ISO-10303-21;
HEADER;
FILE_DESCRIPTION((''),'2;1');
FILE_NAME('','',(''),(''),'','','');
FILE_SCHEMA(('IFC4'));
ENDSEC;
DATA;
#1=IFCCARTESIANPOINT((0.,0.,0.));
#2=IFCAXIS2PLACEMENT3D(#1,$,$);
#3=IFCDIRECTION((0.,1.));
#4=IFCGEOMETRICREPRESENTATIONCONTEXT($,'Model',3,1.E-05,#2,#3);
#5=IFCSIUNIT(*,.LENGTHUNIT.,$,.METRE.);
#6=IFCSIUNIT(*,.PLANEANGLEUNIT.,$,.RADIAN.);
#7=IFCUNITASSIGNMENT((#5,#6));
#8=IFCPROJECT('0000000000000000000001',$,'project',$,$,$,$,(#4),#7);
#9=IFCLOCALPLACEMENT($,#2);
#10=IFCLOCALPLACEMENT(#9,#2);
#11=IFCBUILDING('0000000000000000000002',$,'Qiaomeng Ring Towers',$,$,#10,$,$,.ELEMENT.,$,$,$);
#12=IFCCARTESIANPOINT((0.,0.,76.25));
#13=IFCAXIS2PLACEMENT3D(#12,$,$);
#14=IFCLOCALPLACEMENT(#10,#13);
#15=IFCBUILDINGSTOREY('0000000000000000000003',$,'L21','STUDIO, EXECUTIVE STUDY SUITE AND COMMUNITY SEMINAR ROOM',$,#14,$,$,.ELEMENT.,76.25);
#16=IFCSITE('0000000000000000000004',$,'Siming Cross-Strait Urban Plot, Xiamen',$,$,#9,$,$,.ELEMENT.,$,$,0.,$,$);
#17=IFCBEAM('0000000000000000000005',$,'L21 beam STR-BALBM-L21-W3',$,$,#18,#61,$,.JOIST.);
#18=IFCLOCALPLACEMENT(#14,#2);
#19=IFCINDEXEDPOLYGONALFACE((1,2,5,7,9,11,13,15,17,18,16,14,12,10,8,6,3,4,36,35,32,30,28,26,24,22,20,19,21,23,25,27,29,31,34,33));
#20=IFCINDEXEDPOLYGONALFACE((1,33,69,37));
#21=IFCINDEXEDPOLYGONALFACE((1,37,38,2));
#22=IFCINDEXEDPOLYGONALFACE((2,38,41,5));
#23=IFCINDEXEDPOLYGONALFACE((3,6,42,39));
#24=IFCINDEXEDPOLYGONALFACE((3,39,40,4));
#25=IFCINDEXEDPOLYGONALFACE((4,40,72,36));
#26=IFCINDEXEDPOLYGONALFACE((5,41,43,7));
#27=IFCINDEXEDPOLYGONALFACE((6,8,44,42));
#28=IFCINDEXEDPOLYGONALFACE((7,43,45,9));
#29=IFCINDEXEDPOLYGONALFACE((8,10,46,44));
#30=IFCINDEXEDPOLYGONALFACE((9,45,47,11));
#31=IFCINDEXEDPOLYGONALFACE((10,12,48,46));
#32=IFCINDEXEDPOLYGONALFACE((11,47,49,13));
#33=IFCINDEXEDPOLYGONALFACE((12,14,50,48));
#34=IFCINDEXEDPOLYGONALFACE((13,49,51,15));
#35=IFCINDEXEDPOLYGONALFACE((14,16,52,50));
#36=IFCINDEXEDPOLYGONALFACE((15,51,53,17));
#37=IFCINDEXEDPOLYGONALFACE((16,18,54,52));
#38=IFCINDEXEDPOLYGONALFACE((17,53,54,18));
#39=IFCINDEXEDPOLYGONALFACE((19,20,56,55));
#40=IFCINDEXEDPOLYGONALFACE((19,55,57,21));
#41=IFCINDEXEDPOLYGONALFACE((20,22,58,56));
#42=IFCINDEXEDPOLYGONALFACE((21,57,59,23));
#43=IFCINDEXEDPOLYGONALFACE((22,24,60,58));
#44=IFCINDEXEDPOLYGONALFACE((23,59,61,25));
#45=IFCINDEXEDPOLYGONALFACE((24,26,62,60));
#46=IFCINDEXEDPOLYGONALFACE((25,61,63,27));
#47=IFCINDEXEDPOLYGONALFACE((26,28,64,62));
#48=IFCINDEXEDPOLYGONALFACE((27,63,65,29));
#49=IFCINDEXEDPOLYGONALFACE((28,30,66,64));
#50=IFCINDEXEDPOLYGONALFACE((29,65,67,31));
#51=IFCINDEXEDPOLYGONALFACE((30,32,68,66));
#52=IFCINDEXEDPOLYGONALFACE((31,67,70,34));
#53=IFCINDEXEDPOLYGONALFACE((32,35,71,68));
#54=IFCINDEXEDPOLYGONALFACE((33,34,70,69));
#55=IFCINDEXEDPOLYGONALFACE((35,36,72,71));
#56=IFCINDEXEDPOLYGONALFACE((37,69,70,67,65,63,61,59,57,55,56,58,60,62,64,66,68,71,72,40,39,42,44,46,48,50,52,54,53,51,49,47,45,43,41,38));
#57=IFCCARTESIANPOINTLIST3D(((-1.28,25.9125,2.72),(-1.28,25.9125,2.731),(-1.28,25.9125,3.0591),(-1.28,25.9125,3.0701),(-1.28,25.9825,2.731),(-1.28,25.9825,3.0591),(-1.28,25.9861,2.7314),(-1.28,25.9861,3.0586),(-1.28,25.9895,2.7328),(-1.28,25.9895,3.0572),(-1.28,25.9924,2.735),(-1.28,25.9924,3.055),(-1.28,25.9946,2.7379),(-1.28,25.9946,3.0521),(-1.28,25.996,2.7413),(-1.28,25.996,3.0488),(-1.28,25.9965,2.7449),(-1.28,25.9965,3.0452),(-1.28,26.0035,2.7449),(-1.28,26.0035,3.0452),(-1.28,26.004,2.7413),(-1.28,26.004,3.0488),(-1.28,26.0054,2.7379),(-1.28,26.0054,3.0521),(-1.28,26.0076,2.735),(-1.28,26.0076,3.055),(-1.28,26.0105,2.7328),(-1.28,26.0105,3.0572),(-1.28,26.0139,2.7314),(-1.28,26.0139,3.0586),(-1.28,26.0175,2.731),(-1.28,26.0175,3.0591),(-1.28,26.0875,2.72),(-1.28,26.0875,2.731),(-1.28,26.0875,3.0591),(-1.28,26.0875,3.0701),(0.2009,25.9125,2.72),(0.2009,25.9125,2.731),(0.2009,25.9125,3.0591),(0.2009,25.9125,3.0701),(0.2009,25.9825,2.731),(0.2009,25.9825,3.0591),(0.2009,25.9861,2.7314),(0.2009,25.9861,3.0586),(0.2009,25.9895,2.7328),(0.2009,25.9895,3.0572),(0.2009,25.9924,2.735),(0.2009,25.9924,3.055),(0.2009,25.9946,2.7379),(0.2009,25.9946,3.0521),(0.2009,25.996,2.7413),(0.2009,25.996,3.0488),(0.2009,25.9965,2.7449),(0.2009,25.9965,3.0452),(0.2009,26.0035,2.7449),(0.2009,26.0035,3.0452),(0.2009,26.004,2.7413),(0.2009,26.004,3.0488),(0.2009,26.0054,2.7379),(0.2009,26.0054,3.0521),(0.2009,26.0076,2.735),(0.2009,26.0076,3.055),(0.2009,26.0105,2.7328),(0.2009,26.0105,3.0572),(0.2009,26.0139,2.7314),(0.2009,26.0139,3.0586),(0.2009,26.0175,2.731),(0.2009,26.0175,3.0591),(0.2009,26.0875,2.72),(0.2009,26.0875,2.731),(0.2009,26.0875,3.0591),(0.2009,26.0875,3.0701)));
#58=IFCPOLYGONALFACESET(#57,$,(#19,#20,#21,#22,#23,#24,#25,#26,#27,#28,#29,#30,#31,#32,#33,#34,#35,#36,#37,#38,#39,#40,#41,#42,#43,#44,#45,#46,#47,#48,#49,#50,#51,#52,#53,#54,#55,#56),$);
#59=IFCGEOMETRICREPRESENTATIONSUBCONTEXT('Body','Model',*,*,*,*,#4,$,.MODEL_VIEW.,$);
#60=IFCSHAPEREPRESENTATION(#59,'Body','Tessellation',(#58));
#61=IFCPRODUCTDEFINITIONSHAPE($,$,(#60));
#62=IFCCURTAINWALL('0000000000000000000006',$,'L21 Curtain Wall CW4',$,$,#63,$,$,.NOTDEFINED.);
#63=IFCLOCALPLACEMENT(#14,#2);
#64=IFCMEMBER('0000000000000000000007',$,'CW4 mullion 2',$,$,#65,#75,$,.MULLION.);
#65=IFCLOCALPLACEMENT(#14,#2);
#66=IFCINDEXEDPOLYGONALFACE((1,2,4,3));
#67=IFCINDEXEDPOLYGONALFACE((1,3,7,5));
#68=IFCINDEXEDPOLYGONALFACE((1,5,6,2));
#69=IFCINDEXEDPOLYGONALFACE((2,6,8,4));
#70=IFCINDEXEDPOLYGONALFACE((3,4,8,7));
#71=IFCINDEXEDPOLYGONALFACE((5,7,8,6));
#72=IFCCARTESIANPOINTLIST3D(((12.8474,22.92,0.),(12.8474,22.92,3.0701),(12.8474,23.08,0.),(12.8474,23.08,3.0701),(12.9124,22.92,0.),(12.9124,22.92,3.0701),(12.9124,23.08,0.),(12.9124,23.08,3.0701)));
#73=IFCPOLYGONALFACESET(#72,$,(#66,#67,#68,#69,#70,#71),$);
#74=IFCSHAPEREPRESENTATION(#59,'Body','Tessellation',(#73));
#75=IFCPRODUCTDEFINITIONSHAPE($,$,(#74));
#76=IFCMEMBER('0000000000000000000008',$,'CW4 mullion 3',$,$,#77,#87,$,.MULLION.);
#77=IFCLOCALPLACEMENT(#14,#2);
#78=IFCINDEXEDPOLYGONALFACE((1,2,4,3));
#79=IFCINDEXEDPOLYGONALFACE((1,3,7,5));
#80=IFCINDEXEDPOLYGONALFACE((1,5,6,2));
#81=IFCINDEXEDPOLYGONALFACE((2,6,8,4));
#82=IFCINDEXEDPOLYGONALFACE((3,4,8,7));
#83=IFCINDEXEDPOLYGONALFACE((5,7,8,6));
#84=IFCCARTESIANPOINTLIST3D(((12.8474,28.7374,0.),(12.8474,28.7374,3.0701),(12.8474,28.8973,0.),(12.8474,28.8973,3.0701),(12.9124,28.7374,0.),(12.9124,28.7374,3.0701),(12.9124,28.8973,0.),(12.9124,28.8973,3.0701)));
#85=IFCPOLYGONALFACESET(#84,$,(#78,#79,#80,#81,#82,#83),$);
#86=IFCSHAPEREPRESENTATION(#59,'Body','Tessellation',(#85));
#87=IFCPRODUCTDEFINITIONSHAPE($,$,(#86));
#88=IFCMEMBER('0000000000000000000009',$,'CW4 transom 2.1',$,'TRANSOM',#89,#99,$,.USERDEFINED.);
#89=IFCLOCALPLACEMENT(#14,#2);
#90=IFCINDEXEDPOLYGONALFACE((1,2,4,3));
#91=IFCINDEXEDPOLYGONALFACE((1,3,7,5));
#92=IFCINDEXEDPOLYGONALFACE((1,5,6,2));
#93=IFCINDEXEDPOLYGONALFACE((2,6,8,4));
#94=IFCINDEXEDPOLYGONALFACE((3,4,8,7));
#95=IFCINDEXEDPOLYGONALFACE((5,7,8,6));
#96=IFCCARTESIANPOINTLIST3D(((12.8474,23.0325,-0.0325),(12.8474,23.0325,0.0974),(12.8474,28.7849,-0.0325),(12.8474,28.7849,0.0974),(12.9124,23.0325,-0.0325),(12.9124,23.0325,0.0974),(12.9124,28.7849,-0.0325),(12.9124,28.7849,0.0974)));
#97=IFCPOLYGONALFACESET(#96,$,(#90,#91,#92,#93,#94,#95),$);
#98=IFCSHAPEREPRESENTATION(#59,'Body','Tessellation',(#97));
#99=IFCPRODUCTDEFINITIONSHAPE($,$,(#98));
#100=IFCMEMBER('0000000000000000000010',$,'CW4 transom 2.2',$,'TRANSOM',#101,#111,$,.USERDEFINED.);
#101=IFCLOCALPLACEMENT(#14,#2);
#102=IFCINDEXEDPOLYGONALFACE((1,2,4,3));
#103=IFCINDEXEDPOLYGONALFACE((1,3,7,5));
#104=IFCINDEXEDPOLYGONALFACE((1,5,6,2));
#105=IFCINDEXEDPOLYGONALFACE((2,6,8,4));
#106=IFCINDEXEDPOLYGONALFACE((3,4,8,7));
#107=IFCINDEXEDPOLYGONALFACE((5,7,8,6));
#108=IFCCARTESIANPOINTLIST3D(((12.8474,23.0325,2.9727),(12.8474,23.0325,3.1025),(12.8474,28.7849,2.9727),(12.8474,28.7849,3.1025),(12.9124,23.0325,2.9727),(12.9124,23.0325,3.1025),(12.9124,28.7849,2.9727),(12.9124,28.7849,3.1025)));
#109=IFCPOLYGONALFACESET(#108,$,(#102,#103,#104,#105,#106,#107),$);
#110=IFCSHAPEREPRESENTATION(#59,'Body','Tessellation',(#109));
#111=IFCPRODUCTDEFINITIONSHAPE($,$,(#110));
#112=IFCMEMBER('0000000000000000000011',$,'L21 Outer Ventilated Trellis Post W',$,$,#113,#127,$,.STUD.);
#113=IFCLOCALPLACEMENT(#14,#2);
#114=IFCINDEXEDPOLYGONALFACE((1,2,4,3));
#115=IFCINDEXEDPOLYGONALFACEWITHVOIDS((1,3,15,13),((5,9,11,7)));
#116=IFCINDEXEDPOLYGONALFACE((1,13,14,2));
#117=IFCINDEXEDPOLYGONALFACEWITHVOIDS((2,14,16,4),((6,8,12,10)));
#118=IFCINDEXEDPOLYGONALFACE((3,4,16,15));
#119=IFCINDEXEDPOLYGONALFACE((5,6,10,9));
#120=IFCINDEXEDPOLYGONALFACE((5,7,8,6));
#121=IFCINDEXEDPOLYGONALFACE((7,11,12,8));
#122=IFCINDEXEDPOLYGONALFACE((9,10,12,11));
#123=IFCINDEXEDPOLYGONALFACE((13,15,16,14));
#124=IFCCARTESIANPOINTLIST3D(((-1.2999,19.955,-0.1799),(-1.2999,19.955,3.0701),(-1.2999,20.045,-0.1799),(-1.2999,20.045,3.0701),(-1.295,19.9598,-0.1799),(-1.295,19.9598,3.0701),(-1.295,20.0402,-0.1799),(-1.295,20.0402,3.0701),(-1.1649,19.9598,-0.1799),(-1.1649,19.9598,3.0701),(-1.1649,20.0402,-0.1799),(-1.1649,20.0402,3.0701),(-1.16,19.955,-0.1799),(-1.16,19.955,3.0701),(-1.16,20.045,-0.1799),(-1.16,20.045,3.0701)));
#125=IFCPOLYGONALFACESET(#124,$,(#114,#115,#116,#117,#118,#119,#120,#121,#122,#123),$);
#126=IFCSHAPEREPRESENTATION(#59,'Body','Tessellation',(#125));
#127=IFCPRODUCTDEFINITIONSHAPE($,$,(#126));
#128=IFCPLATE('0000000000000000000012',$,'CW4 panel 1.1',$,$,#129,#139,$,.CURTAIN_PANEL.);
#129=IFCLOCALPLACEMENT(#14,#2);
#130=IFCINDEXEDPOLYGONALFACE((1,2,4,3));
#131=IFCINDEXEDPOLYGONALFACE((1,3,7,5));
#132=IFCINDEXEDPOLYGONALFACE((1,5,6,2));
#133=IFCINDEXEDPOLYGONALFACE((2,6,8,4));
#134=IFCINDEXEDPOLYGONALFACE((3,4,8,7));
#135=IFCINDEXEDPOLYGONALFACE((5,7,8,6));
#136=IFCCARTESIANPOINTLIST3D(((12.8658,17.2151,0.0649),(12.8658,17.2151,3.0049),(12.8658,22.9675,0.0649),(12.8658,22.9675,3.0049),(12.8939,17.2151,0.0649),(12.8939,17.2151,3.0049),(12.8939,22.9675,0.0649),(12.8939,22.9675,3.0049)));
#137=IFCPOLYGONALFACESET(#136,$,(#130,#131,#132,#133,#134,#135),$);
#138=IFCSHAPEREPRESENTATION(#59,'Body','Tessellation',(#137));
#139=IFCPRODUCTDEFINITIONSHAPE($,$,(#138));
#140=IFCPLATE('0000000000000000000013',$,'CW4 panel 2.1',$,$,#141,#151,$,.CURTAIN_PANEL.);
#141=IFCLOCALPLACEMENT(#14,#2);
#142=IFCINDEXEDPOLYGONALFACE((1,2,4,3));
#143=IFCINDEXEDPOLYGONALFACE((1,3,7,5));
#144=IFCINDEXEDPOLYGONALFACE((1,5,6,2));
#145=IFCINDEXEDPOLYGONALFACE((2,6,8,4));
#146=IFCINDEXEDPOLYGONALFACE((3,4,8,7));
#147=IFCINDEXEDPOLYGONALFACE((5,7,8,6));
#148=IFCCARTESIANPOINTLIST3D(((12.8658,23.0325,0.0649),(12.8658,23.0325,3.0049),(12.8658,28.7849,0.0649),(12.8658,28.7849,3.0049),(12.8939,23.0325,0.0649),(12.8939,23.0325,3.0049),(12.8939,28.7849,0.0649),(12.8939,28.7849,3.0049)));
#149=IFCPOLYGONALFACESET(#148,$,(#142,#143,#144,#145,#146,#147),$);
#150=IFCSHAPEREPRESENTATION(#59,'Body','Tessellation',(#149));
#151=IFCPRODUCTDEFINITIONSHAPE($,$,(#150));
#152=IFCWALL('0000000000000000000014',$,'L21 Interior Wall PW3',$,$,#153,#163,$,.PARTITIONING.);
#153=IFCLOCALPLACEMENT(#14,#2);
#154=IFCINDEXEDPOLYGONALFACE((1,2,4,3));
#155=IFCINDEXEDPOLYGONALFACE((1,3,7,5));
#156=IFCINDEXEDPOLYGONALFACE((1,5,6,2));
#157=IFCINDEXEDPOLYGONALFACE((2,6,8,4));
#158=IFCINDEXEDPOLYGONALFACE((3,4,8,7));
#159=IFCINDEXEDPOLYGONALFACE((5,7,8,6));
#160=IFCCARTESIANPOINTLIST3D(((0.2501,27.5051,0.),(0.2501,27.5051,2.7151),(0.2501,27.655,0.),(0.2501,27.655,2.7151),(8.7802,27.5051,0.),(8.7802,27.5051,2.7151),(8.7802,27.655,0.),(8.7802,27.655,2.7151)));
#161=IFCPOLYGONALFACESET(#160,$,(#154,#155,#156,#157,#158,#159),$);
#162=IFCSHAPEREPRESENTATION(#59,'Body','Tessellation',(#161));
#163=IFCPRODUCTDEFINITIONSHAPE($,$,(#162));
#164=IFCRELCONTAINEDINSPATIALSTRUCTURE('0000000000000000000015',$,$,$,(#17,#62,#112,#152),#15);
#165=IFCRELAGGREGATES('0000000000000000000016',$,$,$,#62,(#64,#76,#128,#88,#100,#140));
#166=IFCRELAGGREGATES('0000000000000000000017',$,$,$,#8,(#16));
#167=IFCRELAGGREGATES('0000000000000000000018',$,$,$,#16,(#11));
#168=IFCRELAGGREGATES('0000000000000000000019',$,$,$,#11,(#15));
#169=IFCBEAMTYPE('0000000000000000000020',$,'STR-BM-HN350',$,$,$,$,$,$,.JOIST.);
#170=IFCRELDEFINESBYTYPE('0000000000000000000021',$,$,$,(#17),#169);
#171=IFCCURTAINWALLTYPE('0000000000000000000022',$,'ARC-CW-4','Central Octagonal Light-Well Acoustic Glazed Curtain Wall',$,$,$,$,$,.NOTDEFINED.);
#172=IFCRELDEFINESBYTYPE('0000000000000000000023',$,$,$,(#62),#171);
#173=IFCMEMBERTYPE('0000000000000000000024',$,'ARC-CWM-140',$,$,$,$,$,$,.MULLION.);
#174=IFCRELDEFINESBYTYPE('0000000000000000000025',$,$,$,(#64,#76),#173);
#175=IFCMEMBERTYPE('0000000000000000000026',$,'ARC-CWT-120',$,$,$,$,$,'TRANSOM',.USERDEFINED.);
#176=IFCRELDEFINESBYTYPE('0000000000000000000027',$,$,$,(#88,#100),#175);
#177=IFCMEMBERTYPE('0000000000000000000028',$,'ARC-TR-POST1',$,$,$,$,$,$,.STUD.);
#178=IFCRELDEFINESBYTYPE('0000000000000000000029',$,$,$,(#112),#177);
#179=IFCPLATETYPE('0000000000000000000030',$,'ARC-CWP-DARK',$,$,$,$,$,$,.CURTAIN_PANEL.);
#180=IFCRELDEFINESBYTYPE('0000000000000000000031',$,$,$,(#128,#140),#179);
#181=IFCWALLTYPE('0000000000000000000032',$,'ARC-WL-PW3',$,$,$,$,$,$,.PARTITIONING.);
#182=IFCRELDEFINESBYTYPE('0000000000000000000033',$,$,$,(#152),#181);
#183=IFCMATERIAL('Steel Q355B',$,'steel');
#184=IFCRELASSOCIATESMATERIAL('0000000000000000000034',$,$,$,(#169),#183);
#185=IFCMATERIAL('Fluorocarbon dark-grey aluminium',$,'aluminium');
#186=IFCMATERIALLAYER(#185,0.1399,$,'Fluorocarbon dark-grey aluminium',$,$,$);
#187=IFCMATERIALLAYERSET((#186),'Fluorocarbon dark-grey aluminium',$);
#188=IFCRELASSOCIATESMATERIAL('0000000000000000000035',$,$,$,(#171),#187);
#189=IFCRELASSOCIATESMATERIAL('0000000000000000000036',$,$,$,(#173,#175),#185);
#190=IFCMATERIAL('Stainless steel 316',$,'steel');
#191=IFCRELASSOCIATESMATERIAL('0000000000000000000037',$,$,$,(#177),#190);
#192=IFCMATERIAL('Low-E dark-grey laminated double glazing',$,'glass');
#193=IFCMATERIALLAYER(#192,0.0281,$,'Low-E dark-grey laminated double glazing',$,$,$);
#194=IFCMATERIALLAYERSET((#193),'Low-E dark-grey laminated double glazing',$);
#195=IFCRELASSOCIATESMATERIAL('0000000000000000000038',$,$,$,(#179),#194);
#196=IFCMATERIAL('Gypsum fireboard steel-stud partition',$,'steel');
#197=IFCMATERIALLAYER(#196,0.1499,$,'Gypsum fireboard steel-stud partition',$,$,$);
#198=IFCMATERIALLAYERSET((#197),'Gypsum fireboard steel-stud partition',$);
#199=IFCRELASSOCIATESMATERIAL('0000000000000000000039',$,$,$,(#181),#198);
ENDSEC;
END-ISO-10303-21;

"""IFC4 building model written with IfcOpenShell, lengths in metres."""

from ifc_helpers import new_model, si_unit, direction, frame, frame_2d, origin, origin_2d, place, context, subcontext, project, spatial, rectangle, hollow_rectangle, i_section, extrude, source, transform, mapped, material, layer, layer_set, material_profile, profile_set, type_object, element, aggregate, save


model = new_model("IFC4")

# Units and contexts
model_context = context("Model", 3, precision=1e-05, world=origin(), true_north=direction((0.0, 1.0)))
body_context = subcontext(model_context, "Body", "Model", "MODEL_VIEW")
ifc_project = project(units=[si_unit("LENGTHUNIT", "METRE"), si_unit("PLANEANGLEUNIT", "RADIAN")], contexts=[model_context])

# Site, building, storey
site_placement = place(None, origin())
site = spatial("IfcSite", under=ifc_project, at=site_placement, Name="Siming Cross-Strait Urban Plot, Xiamen", CompositionType="ELEMENT", RefElevation=0.0)
building_placement = place(site_placement, origin())
building = spatial("IfcBuilding", under=site, at=building_placement, Name="Qiaomeng Ring Towers", CompositionType="ELEMENT")
storey_placement = place(building_placement, frame((0.0, 0.0, 76.25)))
storey = spatial("IfcBuildingStorey", under=building, at=storey_placement, Name="L21", Description="STUDIO, EXECUTIVE STUDY SUITE AND COMMUNITY SEMINAR ROOM", CompositionType="ELEMENT", Elevation=76.25)

# Beam
ifc_material_1 = material(Name="Steel Q355B", Category="steel")
ifc_material_profile_1 = material_profile(ifc_material_1, i_section(OverallWidth=0.175, OverallDepth=0.3501, WebThickness=0.0071, FlangeThickness=0.011, FilletRadius=0.0139, at=origin_2d()), Name="HN 350x175x7x11")
ifc_profile_set_1 = profile_set([ifc_material_profile_1], Name="Steel Q355B")
beam_type_1 = type_object("IfcBeamType", Name="STR-BM-HN350", PredefinedType="JOIST", material=ifc_profile_set_1)
shared_shape_1 = source(origin(), body_context, "Body", "SweptSolid", [
    extrude(i_section(OverallWidth=0.175, OverallDepth=0.3501, WebThickness=0.0071, FlangeThickness=0.011, FilletRadius=0.0139, at=origin_2d()), origin(), (0.0, 0.0, 1.0), 1.481),
])
beam_1_placement = place(storey_placement, frame((-1.28, 26.0, 2.895), z_axis=(1.0, 0.0, 0.0), x_axis=(0.0, 1.0, 0.0)))
element("IfcBeam", 1, at=beam_1_placement, inside=storey, type_object=beam_type_1, Name="L21 beam STR-BALBM-L21-W3", PredefinedType="JOIST", context=body_context, shape_type="MappedRepresentation", body=[
    mapped(shared_shape_1, transform((0.0, 0.0, 0.0), x_axis=(1.0, 0.0, 0.0), y_axis=(0.0, 1.0, 0.0), z_axis=(0.0, 0.0, 1.0), scale=1.0)),
])

# Curtain wall, members
ifc_material_2 = material(Name="Fluorocarbon dark-grey aluminium", Category="aluminium")
ifc_layer_1 = layer(ifc_material_2, 0.1399, Name="Fluorocarbon dark-grey aluminium")
ifc_layer_set_1 = layer_set([ifc_layer_1], Name="Fluorocarbon dark-grey aluminium")
curtain_wall_type = type_object("IfcCurtainWallType", Name="ARC-CW-4", Description="Central Octagonal Light-Well Acoustic Glazed Curtain Wall", PredefinedType="NOTDEFINED", material=ifc_layer_set_1)
curtain_wall_placement = place(storey_placement, origin())
curtain_wall = element("IfcCurtainWall", 2, at=curtain_wall_placement, inside=storey, type_object=curtain_wall_type, Name="L21 Curtain Wall CW4", PredefinedType="NOTDEFINED")
ifc_material_profile_2 = material_profile(ifc_material_2, rectangle(XDim=0.0649, YDim=0.1599, at=origin_2d()), Name="ALU MULL 65x160")
ifc_profile_set_2 = profile_set([ifc_material_profile_2], Name="Fluorocarbon dark-grey aluminium")
member_type_1 = type_object("IfcMemberType", Name="ARC-CWM-140", PredefinedType="MULLION", material=ifc_profile_set_2)
shared_shape_2 = source(origin(), body_context, "Body", "SweptSolid", [
    extrude(rectangle(XDim=0.0649, YDim=0.1599, at=origin_2d()), origin(), (0.0, 0.0, 1.0), 3.0701),
])
member_1_placement = place(storey_placement, frame((12.8799, 23.0, 0.0), z_axis=(0.0, 0.0, 1.0), x_axis=(-1.0, 0.0, 0.0)))
member_1 = element("IfcMember", 3, at=member_1_placement, type_object=member_type_1, Name="CW4 mullion 2", PredefinedType="MULLION", context=body_context, shape_type="MappedRepresentation", body=[
    mapped(shared_shape_2, transform((0.0, 0.0, 0.0), x_axis=(1.0, 0.0, 0.0), y_axis=(0.0, 1.0, 0.0), z_axis=(0.0, 0.0, 1.0), scale=1.0)),
])
member_2_placement = place(storey_placement, frame((12.8799, 28.8174, 0.0), z_axis=(0.0, 0.0, 1.0), x_axis=(-1.0, 0.0, 0.0)))
member_2 = element("IfcMember", 4, at=member_2_placement, type_object=member_type_1, Name="CW4 mullion 3", PredefinedType="MULLION", context=body_context, shape_type="MappedRepresentation", body=[
    mapped(shared_shape_2, transform((0.0, 0.0, 0.0), x_axis=(1.0, 0.0, 0.0), y_axis=(0.0, 1.0, 0.0), z_axis=(0.0, 0.0, 1.0), scale=1.0)),
])
ifc_material_profile_3 = material_profile(ifc_material_2, rectangle(XDim=0.0649, YDim=0.1299, at=origin_2d()), Name="ALU TRAN 65x130")
ifc_profile_set_3 = profile_set([ifc_material_profile_3], Name="Fluorocarbon dark-grey aluminium")
member_type_2 = type_object("IfcMemberType", Name="ARC-CWT-120", ElementType="TRANSOM", PredefinedType="USERDEFINED", material=ifc_profile_set_3)
shared_shape_3 = source(origin(), body_context, "Body", "SweptSolid", [
    extrude(rectangle(XDim=0.0649, YDim=0.1299, at=origin_2d()), origin(), (0.0, 0.0, 1.0), 5.7524),
])
member_3_placement = place(storey_placement, frame((12.8799, 23.0325, 0.0325), z_axis=(0.0, 1.0, 0.0), x_axis=(-1.0, 0.0, 0.0)))
member_3 = element("IfcMember", 5, at=member_3_placement, type_object=member_type_2, Name="CW4 transom 2.1", ObjectType="TRANSOM", PredefinedType="USERDEFINED", context=body_context, shape_type="MappedRepresentation", body=[
    mapped(shared_shape_3, transform((0.0, 0.0, 0.0), x_axis=(1.0, 0.0, 0.0), y_axis=(0.0, 1.0, 0.0), z_axis=(0.0, 0.0, 1.0), scale=1.0)),
])
member_4_placement = place(storey_placement, frame((12.8799, 23.0325, 3.0376), z_axis=(0.0, 1.0, 0.0), x_axis=(-1.0, 0.0, 0.0)))
member_4 = element("IfcMember", 6, at=member_4_placement, type_object=member_type_2, Name="CW4 transom 2.2", ObjectType="TRANSOM", PredefinedType="USERDEFINED", context=body_context, shape_type="MappedRepresentation", body=[
    mapped(shared_shape_3, transform((0.0, 0.0, 0.0), x_axis=(1.0, 0.0, 0.0), y_axis=(0.0, 1.0, 0.0), z_axis=(0.0, 0.0, 1.0), scale=1.0)),
])

# Member
ifc_material_3 = material(Name="Stainless steel 316", Category="steel")
ifc_material_profile_4 = material_profile(ifc_material_3, hollow_rectangle(XDim=0.0901, YDim=0.1399, WallThickness=0.0049, at=origin_2d()), Name="SS TRELLIS 90x140")
ifc_profile_set_4 = profile_set([ifc_material_profile_4], Name="Stainless steel 316")
member_type_3 = type_object("IfcMemberType", Name="ARC-TR-POST1", PredefinedType="STUD", material=ifc_profile_set_4)
shared_shape_4 = source(origin(), body_context, "Body", "SweptSolid", [
    extrude(hollow_rectangle(XDim=0.0901, YDim=0.1399, WallThickness=0.0049, at=origin_2d()), origin(), (0.0, 0.0, 1.0), 3.25),
])
member_5_placement = place(storey_placement, frame((-1.23, 20.0, -0.1799), z_axis=(0.0, 0.0, 1.0), x_axis=(0.0, 1.0, 0.0)))
element("IfcMember", 7, at=member_5_placement, inside=storey, type_object=member_type_3, Name="L21 Outer Ventilated Trellis Post W", PredefinedType="STUD", context=body_context, shape_type="MappedRepresentation", body=[
    mapped(shared_shape_4, transform((0.0, 0.0, 0.0), x_axis=(1.0, 0.0, 0.0), y_axis=(0.0, 1.0, 0.0), z_axis=(0.0, 0.0, 1.0), scale=1.0)),
])

# Plates
ifc_material_4 = material(Name="Low-E dark-grey laminated double glazing", Category="glass")
ifc_layer_2 = layer(ifc_material_4, 0.0281, Name="Low-E dark-grey laminated double glazing")
ifc_layer_set_2 = layer_set([ifc_layer_2], Name="Low-E dark-grey laminated double glazing")
plate_type = type_object("IfcPlateType", Name="ARC-CWP-DARK", PredefinedType="CURTAIN_PANEL", material=ifc_layer_set_2)
shared_shape_5 = source(origin(), body_context, "Body", "SweptSolid", [
    extrude(rectangle(XDim=5.7524, YDim=0.0281, at=origin_2d()), origin(), (0.0, 0.0, 1.0), 2.9399),
])
plate_1_placement = place(storey_placement, frame((12.8799, 20.0913, 0.0649), z_axis=(0.0, 0.0, 1.0), x_axis=(0.0, 1.0, 0.0)))
plate_1 = element("IfcPlate", 8, at=plate_1_placement, type_object=plate_type, Name="CW4 panel 1.1", PredefinedType="CURTAIN_PANEL", context=body_context, shape_type="MappedRepresentation", body=[
    mapped(shared_shape_5, transform((0.0, 0.0, 0.0), x_axis=(1.0, 0.0, 0.0), y_axis=(0.0, 1.0, 0.0), z_axis=(0.0, 0.0, 1.0), scale=1.0)),
])
plate_2_placement = place(storey_placement, frame((12.8799, 25.9087, 0.0649), z_axis=(0.0, 0.0, 1.0), x_axis=(0.0, 1.0, 0.0)))
plate_2 = element("IfcPlate", 9, at=plate_2_placement, type_object=plate_type, Name="CW4 panel 2.1", PredefinedType="CURTAIN_PANEL", context=body_context, shape_type="MappedRepresentation", body=[
    mapped(shared_shape_5, transform((0.0, 0.0, 0.0), x_axis=(1.0, 0.0, 0.0), y_axis=(0.0, 1.0, 0.0), z_axis=(0.0, 0.0, 1.0), scale=1.0)),
])
aggregate(curtain_wall, [member_1, member_2, plate_1, member_3, member_4, plate_2])

# Wall
ifc_material_5 = material(Name="Gypsum fireboard steel-stud partition", Category="steel")
ifc_layer_3 = layer(ifc_material_5, 0.1499, Name="Gypsum fireboard steel-stud partition")
ifc_layer_set_3 = layer_set([ifc_layer_3], Name="Gypsum fireboard steel-stud partition")
wall_type_1 = type_object("IfcWallType", Name="ARC-WL-PW3", PredefinedType="PARTITIONING", material=ifc_layer_set_3)
wall_1_placement = place(storey_placement, frame((0.25, 27.5801, 0.0), z_axis=(0.0, 0.0, 1.0), x_axis=(1.0, 0.0, 0.0)))
element("IfcWall", 10, at=wall_1_placement, inside=storey, type_object=wall_type_1, Name="L21 Interior Wall PW3", PredefinedType="PARTITIONING", context=body_context, shape_type="SweptSolid", body=[
    extrude(rectangle(XDim=8.53, YDim=0.1499, at=frame_2d((4.2651, 0.0))), origin(), (0.0, 0.0, 1.0), 2.7151),
])

save(model, "model.ifc")
